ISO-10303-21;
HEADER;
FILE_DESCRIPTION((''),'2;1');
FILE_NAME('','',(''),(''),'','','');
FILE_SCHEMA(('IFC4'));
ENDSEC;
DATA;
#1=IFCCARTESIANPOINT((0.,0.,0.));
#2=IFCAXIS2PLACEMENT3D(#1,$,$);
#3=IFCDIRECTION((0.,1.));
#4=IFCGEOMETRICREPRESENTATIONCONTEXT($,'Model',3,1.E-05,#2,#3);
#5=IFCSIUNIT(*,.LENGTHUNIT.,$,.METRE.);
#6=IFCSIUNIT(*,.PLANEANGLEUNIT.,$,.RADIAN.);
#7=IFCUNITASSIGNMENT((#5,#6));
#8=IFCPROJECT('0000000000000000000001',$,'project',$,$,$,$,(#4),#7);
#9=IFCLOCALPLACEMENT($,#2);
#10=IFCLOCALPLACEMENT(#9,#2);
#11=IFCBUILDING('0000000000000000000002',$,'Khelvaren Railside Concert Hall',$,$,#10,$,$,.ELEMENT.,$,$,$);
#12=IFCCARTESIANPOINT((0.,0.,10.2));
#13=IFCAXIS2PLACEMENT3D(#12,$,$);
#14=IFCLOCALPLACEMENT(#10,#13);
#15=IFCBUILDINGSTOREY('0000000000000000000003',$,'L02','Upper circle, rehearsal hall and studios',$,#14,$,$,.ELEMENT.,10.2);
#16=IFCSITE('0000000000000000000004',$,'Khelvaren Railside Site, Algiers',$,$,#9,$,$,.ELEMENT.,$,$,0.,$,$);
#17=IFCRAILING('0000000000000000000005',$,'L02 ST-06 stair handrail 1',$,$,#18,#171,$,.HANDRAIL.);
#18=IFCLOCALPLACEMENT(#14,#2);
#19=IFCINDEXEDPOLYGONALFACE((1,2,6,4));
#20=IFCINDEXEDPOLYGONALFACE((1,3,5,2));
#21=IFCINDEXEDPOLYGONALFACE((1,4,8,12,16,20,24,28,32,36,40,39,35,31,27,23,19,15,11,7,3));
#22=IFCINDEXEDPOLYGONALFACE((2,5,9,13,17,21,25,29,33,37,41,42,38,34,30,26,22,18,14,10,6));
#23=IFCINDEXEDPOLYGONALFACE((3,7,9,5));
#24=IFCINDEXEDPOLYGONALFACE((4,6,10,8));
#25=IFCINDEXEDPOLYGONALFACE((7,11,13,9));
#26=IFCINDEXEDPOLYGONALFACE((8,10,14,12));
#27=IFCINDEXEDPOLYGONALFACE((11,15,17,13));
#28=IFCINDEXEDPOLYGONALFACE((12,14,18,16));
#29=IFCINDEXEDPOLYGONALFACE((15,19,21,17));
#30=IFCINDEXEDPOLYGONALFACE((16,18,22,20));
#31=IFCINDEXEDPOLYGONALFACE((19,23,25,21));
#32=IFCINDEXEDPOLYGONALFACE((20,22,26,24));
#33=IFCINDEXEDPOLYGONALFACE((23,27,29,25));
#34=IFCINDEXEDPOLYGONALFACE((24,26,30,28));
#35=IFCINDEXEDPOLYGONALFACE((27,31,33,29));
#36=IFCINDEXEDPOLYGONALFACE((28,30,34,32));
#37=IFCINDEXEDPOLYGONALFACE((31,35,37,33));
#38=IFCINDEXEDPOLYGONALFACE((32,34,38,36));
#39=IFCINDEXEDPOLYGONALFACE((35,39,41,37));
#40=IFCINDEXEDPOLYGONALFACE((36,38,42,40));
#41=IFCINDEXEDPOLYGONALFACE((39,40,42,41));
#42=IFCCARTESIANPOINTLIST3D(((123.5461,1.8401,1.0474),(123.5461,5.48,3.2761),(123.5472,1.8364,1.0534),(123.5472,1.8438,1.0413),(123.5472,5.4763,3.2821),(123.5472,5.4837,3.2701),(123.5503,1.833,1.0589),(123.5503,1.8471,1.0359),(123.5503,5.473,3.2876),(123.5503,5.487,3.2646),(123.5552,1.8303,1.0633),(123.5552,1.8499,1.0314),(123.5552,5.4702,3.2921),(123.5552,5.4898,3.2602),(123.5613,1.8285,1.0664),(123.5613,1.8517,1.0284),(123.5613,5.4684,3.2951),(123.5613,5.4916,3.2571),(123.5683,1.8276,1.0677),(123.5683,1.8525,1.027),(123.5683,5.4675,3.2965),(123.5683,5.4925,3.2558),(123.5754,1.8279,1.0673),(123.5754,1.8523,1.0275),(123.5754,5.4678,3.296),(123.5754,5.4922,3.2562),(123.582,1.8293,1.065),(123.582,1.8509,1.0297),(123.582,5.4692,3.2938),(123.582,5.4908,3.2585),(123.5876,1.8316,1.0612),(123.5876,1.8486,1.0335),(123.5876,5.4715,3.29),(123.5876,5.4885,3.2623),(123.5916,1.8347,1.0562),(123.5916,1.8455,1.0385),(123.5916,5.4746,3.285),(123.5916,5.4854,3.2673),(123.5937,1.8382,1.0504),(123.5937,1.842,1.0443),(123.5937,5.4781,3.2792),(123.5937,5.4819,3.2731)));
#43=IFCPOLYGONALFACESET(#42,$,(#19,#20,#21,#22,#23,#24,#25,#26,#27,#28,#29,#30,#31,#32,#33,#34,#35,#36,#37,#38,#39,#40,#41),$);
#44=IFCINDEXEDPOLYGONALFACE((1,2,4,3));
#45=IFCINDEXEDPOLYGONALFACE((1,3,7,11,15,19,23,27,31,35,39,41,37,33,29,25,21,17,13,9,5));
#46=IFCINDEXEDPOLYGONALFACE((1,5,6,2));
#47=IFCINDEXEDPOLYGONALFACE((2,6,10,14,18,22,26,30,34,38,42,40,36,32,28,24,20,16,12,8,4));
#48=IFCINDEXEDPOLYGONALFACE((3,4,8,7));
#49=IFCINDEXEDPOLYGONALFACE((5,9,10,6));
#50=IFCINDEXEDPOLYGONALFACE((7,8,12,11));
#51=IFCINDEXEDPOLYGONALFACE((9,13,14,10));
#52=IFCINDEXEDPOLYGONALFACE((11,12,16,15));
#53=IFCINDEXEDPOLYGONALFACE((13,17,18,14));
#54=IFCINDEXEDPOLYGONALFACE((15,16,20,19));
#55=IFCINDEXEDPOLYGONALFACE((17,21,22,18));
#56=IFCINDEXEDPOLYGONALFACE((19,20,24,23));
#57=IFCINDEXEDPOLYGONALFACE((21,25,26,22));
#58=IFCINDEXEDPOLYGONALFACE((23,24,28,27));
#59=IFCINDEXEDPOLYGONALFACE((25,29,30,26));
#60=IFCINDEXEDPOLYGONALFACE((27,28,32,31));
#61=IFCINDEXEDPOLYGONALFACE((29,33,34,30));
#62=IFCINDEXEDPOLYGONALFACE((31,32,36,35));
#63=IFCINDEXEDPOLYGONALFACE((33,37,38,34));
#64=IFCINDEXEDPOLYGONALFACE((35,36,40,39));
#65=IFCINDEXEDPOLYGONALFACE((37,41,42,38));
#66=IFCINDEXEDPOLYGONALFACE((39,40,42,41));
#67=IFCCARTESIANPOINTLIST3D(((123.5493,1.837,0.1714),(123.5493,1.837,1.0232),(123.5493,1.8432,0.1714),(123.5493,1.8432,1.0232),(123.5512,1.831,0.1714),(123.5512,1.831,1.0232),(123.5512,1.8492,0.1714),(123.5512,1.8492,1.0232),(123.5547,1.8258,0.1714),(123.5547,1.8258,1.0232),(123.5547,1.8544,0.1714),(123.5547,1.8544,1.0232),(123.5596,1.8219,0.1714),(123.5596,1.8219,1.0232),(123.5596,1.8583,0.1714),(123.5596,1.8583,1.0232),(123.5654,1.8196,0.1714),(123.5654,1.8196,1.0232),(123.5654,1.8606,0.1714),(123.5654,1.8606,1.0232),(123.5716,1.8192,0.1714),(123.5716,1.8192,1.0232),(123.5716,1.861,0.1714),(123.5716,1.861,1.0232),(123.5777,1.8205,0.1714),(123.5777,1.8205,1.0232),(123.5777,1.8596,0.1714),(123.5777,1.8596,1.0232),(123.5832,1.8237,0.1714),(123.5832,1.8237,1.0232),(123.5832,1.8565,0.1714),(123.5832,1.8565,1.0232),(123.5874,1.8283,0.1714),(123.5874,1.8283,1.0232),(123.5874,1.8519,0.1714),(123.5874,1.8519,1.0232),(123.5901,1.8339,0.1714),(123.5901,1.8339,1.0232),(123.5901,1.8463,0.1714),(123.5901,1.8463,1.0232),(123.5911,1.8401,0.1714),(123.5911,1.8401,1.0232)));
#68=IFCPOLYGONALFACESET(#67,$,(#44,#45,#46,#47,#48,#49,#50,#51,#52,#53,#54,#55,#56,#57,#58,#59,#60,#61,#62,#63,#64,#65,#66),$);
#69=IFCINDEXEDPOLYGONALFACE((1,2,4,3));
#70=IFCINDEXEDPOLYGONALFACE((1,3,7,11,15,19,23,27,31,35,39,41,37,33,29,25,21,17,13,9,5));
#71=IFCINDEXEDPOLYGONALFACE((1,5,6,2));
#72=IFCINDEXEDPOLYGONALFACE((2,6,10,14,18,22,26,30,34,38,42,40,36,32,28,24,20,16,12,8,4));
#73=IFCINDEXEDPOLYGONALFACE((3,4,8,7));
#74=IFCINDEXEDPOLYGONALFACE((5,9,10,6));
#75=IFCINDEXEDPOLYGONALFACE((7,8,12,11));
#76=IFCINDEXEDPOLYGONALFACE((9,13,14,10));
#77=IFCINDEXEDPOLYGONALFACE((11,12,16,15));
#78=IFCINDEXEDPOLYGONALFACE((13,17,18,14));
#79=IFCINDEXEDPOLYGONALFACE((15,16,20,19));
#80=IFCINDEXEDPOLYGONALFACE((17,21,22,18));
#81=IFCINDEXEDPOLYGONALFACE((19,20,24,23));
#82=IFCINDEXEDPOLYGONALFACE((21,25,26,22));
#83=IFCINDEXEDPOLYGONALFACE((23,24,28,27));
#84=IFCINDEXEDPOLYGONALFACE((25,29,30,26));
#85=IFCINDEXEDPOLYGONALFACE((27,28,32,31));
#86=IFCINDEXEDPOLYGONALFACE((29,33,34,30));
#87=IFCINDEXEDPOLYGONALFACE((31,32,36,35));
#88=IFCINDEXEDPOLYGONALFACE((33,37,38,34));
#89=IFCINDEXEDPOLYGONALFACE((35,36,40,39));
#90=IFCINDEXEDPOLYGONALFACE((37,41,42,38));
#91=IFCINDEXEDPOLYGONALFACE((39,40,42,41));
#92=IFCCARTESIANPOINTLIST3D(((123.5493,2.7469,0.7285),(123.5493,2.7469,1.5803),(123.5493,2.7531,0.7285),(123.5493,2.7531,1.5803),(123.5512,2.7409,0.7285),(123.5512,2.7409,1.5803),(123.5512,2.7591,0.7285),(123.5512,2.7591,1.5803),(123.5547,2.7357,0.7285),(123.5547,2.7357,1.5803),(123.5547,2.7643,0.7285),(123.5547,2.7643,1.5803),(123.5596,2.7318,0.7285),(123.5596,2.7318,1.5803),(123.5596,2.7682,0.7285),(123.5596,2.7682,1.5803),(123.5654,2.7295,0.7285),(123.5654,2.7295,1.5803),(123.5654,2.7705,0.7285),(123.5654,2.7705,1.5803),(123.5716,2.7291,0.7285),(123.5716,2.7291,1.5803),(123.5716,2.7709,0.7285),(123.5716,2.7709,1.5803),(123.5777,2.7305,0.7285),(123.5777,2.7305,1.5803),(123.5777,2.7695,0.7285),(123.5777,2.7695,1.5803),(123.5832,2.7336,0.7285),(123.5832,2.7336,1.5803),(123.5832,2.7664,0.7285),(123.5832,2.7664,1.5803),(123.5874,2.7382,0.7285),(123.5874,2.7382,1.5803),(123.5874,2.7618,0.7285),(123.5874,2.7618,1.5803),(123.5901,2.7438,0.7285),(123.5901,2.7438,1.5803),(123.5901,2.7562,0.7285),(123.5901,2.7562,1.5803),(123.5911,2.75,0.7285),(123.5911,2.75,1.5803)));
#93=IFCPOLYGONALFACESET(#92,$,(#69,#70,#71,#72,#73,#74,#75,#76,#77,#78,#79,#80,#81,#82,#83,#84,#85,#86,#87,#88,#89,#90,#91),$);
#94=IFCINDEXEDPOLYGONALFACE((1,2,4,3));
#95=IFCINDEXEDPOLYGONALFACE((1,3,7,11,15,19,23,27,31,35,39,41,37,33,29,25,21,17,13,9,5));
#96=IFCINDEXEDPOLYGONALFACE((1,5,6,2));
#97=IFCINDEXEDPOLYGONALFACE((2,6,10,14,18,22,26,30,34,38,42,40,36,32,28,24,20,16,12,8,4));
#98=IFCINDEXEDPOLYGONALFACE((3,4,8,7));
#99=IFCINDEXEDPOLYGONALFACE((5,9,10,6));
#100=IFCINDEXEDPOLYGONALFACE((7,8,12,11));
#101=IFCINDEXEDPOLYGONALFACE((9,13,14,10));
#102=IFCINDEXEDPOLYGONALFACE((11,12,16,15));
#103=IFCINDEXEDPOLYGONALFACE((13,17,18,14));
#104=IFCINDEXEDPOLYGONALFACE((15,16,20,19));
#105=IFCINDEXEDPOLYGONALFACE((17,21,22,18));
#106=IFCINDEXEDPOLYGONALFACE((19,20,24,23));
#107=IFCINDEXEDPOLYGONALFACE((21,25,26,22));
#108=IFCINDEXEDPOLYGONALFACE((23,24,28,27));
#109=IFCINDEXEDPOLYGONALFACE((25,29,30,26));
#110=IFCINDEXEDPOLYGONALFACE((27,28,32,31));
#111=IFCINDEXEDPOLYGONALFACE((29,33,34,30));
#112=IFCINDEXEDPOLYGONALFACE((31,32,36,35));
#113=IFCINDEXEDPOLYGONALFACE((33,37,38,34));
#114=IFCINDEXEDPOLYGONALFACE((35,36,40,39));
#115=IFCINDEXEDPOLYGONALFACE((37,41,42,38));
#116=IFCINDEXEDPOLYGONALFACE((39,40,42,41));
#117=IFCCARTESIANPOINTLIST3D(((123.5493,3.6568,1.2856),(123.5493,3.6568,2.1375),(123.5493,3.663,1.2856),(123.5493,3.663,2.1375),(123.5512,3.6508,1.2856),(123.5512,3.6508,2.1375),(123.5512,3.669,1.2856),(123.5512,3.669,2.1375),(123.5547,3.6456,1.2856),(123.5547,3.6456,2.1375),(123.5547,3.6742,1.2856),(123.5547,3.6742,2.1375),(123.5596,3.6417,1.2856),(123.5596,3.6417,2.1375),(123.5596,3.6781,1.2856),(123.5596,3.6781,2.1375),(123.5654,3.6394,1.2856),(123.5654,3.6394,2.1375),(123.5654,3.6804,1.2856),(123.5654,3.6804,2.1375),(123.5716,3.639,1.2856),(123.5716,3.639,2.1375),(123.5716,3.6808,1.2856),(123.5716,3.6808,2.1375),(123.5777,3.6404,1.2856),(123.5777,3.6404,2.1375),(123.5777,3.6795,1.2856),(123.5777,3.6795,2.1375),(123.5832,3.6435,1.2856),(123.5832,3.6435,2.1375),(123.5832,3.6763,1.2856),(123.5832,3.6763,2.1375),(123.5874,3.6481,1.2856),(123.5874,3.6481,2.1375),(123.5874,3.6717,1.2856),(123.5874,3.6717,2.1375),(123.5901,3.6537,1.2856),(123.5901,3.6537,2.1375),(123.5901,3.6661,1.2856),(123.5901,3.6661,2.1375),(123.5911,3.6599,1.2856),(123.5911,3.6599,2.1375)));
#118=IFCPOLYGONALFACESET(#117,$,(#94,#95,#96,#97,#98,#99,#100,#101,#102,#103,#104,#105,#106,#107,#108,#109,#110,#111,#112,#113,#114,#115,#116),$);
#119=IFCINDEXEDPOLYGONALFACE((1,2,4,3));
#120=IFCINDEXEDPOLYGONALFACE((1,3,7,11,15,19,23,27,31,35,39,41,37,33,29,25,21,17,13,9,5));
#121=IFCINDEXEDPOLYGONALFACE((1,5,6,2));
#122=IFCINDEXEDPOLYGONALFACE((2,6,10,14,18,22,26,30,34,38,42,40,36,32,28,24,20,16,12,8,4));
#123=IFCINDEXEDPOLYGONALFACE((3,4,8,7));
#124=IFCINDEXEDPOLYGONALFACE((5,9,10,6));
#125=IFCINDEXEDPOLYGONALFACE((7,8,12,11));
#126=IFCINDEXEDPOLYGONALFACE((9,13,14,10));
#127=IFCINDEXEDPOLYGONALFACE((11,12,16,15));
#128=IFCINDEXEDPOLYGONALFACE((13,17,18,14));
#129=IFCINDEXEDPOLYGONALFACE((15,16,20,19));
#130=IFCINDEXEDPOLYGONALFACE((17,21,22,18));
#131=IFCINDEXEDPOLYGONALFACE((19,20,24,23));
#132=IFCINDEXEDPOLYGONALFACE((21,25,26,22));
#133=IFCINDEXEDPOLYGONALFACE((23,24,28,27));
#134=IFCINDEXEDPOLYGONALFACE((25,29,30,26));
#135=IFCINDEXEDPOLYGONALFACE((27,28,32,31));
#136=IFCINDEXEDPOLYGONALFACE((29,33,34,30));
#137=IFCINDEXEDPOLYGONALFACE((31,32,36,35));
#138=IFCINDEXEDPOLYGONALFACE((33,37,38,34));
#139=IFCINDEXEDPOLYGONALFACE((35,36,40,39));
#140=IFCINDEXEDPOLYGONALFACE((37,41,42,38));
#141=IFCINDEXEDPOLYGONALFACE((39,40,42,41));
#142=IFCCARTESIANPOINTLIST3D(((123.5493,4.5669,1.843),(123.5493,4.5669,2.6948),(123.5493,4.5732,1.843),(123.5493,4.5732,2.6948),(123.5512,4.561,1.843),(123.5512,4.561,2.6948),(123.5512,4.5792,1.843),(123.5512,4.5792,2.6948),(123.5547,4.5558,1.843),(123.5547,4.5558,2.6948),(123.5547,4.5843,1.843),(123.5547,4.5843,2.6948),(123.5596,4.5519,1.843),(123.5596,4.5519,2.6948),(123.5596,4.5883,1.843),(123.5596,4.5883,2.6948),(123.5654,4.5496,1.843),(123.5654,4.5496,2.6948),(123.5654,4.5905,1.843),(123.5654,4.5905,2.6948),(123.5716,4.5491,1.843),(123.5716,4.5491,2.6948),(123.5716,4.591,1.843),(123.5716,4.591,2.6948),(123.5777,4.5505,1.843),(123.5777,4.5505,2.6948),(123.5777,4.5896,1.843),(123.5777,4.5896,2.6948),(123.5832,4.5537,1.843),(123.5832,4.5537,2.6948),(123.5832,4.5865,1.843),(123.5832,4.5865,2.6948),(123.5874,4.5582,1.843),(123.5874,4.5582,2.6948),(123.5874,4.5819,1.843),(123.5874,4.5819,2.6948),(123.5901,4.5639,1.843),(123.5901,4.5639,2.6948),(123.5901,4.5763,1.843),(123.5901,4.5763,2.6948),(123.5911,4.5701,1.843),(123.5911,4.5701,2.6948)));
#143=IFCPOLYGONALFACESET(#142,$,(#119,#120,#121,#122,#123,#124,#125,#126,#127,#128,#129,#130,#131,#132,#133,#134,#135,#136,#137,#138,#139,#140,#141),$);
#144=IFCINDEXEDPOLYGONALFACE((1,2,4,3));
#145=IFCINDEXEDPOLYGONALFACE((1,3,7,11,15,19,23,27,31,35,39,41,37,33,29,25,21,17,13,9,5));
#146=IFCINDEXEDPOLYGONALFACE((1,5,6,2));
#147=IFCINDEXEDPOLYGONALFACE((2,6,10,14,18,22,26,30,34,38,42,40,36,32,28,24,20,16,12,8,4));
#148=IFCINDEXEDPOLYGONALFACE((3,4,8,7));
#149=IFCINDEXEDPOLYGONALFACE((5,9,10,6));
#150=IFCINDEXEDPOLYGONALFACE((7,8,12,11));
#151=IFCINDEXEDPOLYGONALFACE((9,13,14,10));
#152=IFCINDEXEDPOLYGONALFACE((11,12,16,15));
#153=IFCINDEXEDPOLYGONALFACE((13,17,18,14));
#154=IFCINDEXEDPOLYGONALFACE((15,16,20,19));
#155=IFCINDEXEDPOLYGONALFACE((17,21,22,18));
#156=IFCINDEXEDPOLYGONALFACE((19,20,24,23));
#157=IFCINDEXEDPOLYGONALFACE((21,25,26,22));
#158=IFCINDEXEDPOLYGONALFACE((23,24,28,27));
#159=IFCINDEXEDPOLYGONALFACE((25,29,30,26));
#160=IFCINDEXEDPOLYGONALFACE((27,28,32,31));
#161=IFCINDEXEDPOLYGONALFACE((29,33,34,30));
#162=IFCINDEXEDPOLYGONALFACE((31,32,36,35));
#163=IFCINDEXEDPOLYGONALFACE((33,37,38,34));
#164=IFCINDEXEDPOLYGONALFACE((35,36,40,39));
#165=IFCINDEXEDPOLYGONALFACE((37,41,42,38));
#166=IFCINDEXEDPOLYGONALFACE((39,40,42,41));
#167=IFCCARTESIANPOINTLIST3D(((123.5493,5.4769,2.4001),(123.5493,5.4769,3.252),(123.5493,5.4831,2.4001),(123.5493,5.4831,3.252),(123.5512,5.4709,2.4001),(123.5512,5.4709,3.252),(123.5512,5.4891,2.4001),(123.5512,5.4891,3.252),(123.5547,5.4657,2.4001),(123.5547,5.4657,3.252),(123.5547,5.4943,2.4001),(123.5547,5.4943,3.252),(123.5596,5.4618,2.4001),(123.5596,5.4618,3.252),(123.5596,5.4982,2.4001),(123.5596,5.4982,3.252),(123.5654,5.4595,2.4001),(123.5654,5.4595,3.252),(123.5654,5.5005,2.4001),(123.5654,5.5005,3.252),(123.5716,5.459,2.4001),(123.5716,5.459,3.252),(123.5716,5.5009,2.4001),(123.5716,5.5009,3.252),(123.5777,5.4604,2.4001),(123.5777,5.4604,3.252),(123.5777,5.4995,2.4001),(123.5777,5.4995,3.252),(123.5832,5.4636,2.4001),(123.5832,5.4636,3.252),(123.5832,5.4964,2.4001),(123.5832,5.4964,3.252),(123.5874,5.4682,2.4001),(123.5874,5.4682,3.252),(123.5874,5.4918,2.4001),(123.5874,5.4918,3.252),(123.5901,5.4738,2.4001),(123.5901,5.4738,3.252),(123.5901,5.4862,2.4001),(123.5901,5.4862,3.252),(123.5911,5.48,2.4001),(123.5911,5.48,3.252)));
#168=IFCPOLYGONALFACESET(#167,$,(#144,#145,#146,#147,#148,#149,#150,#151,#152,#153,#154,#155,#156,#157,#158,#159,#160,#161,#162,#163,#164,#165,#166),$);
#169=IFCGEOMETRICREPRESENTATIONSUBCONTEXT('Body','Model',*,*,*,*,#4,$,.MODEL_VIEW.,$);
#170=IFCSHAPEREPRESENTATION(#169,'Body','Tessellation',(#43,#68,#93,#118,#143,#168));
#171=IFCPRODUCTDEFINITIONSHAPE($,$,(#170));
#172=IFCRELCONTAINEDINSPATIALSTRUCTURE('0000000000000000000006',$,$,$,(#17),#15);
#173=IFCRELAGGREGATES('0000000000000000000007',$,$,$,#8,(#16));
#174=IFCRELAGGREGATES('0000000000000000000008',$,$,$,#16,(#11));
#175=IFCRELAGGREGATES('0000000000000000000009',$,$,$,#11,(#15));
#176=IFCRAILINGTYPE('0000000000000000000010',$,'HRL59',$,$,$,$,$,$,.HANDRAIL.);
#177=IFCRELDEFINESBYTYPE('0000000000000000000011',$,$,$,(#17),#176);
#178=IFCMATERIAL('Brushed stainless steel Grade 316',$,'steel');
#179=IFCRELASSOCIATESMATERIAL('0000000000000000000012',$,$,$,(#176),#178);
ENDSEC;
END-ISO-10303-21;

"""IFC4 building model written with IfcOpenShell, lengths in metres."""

from ifc_helpers import new_model, si_unit, direction, frame, origin, origin_2d, place, context, subcontext, project, spatial, circle, extrude, material, type_object, element, save


model = new_model("IFC4")

# Units and contexts
model_context = context("Model", 3, precision=1e-05, world=origin(), true_north=direction((0.0, 1.0)))
body_context = subcontext(model_context, "Body", "Model", "MODEL_VIEW")
ifc_project = project(units=[si_unit("LENGTHUNIT", "METRE"), si_unit("PLANEANGLEUNIT", "RADIAN")], contexts=[model_context])

# Site, building, storey
site_placement = place(None, origin())
site = spatial("IfcSite", under=ifc_project, at=site_placement, Name="Khelvaren Railside Site, Algiers", CompositionType="ELEMENT", RefElevation=0.0)
building_placement = place(site_placement, origin())
building = spatial("IfcBuilding", under=site, at=building_placement, Name="Khelvaren Railside Concert Hall", CompositionType="ELEMENT")
storey_placement = place(building_placement, frame((0.0, 0.0, 10.2)))
storey = spatial("IfcBuildingStorey", under=building, at=storey_placement, Name="L02", Description="Upper circle, rehearsal hall and studios", CompositionType="ELEMENT", Elevation=10.2)

# Railing
ifc_material_1 = material(Name="Brushed stainless steel Grade 316", Category="steel")
railing_type_1 = type_object("IfcRailingType", Name="HRL59", PredefinedType="HANDRAIL", material=ifc_material_1)
railing_1_placement = place(storey_placement, frame((123.5701, 1.8401, 0.1714)))
element("IfcRailing", 1, at=railing_1_placement, inside=storey, type_object=railing_type_1, Name="L02 ST-06 stair handrail 1", PredefinedType="HANDRAIL", context=body_context, shape_type="SweptSolid", body=[
    extrude(circle(Radius=0.0239, at=origin_2d()), frame((0.0, 0.0, 0.876), z_axis=(0.0, 0.852825, 0.522197), x_axis=(-1.0, 0.0, 0.0)), (0.0, 0.0, 1.0), 4.2681),
    extrude(circle(Radius=0.021, at=origin_2d()), origin(), (0.0, 0.0, 1.0), 0.8518),
    extrude(circle(Radius=0.021, at=origin_2d()), frame((0.0, 0.9099, 0.5571)), (0.0, 0.0, 1.0), 0.8518),
    extrude(circle(Radius=0.021, at=origin_2d()), frame((0.0, 1.8198, 1.1143)), (0.0, 0.0, 1.0), 0.8518),
    extrude(circle(Radius=0.021, at=origin_2d()), frame((0.0, 2.73, 1.6716)), (0.0, 0.0, 1.0), 0.8518),
    extrude(circle(Radius=0.021, at=origin_2d()), frame((0.0, 3.6399, 2.2288)), (0.0, 0.0, 1.0), 0.8518),
])

save(model, "model.ifc")
